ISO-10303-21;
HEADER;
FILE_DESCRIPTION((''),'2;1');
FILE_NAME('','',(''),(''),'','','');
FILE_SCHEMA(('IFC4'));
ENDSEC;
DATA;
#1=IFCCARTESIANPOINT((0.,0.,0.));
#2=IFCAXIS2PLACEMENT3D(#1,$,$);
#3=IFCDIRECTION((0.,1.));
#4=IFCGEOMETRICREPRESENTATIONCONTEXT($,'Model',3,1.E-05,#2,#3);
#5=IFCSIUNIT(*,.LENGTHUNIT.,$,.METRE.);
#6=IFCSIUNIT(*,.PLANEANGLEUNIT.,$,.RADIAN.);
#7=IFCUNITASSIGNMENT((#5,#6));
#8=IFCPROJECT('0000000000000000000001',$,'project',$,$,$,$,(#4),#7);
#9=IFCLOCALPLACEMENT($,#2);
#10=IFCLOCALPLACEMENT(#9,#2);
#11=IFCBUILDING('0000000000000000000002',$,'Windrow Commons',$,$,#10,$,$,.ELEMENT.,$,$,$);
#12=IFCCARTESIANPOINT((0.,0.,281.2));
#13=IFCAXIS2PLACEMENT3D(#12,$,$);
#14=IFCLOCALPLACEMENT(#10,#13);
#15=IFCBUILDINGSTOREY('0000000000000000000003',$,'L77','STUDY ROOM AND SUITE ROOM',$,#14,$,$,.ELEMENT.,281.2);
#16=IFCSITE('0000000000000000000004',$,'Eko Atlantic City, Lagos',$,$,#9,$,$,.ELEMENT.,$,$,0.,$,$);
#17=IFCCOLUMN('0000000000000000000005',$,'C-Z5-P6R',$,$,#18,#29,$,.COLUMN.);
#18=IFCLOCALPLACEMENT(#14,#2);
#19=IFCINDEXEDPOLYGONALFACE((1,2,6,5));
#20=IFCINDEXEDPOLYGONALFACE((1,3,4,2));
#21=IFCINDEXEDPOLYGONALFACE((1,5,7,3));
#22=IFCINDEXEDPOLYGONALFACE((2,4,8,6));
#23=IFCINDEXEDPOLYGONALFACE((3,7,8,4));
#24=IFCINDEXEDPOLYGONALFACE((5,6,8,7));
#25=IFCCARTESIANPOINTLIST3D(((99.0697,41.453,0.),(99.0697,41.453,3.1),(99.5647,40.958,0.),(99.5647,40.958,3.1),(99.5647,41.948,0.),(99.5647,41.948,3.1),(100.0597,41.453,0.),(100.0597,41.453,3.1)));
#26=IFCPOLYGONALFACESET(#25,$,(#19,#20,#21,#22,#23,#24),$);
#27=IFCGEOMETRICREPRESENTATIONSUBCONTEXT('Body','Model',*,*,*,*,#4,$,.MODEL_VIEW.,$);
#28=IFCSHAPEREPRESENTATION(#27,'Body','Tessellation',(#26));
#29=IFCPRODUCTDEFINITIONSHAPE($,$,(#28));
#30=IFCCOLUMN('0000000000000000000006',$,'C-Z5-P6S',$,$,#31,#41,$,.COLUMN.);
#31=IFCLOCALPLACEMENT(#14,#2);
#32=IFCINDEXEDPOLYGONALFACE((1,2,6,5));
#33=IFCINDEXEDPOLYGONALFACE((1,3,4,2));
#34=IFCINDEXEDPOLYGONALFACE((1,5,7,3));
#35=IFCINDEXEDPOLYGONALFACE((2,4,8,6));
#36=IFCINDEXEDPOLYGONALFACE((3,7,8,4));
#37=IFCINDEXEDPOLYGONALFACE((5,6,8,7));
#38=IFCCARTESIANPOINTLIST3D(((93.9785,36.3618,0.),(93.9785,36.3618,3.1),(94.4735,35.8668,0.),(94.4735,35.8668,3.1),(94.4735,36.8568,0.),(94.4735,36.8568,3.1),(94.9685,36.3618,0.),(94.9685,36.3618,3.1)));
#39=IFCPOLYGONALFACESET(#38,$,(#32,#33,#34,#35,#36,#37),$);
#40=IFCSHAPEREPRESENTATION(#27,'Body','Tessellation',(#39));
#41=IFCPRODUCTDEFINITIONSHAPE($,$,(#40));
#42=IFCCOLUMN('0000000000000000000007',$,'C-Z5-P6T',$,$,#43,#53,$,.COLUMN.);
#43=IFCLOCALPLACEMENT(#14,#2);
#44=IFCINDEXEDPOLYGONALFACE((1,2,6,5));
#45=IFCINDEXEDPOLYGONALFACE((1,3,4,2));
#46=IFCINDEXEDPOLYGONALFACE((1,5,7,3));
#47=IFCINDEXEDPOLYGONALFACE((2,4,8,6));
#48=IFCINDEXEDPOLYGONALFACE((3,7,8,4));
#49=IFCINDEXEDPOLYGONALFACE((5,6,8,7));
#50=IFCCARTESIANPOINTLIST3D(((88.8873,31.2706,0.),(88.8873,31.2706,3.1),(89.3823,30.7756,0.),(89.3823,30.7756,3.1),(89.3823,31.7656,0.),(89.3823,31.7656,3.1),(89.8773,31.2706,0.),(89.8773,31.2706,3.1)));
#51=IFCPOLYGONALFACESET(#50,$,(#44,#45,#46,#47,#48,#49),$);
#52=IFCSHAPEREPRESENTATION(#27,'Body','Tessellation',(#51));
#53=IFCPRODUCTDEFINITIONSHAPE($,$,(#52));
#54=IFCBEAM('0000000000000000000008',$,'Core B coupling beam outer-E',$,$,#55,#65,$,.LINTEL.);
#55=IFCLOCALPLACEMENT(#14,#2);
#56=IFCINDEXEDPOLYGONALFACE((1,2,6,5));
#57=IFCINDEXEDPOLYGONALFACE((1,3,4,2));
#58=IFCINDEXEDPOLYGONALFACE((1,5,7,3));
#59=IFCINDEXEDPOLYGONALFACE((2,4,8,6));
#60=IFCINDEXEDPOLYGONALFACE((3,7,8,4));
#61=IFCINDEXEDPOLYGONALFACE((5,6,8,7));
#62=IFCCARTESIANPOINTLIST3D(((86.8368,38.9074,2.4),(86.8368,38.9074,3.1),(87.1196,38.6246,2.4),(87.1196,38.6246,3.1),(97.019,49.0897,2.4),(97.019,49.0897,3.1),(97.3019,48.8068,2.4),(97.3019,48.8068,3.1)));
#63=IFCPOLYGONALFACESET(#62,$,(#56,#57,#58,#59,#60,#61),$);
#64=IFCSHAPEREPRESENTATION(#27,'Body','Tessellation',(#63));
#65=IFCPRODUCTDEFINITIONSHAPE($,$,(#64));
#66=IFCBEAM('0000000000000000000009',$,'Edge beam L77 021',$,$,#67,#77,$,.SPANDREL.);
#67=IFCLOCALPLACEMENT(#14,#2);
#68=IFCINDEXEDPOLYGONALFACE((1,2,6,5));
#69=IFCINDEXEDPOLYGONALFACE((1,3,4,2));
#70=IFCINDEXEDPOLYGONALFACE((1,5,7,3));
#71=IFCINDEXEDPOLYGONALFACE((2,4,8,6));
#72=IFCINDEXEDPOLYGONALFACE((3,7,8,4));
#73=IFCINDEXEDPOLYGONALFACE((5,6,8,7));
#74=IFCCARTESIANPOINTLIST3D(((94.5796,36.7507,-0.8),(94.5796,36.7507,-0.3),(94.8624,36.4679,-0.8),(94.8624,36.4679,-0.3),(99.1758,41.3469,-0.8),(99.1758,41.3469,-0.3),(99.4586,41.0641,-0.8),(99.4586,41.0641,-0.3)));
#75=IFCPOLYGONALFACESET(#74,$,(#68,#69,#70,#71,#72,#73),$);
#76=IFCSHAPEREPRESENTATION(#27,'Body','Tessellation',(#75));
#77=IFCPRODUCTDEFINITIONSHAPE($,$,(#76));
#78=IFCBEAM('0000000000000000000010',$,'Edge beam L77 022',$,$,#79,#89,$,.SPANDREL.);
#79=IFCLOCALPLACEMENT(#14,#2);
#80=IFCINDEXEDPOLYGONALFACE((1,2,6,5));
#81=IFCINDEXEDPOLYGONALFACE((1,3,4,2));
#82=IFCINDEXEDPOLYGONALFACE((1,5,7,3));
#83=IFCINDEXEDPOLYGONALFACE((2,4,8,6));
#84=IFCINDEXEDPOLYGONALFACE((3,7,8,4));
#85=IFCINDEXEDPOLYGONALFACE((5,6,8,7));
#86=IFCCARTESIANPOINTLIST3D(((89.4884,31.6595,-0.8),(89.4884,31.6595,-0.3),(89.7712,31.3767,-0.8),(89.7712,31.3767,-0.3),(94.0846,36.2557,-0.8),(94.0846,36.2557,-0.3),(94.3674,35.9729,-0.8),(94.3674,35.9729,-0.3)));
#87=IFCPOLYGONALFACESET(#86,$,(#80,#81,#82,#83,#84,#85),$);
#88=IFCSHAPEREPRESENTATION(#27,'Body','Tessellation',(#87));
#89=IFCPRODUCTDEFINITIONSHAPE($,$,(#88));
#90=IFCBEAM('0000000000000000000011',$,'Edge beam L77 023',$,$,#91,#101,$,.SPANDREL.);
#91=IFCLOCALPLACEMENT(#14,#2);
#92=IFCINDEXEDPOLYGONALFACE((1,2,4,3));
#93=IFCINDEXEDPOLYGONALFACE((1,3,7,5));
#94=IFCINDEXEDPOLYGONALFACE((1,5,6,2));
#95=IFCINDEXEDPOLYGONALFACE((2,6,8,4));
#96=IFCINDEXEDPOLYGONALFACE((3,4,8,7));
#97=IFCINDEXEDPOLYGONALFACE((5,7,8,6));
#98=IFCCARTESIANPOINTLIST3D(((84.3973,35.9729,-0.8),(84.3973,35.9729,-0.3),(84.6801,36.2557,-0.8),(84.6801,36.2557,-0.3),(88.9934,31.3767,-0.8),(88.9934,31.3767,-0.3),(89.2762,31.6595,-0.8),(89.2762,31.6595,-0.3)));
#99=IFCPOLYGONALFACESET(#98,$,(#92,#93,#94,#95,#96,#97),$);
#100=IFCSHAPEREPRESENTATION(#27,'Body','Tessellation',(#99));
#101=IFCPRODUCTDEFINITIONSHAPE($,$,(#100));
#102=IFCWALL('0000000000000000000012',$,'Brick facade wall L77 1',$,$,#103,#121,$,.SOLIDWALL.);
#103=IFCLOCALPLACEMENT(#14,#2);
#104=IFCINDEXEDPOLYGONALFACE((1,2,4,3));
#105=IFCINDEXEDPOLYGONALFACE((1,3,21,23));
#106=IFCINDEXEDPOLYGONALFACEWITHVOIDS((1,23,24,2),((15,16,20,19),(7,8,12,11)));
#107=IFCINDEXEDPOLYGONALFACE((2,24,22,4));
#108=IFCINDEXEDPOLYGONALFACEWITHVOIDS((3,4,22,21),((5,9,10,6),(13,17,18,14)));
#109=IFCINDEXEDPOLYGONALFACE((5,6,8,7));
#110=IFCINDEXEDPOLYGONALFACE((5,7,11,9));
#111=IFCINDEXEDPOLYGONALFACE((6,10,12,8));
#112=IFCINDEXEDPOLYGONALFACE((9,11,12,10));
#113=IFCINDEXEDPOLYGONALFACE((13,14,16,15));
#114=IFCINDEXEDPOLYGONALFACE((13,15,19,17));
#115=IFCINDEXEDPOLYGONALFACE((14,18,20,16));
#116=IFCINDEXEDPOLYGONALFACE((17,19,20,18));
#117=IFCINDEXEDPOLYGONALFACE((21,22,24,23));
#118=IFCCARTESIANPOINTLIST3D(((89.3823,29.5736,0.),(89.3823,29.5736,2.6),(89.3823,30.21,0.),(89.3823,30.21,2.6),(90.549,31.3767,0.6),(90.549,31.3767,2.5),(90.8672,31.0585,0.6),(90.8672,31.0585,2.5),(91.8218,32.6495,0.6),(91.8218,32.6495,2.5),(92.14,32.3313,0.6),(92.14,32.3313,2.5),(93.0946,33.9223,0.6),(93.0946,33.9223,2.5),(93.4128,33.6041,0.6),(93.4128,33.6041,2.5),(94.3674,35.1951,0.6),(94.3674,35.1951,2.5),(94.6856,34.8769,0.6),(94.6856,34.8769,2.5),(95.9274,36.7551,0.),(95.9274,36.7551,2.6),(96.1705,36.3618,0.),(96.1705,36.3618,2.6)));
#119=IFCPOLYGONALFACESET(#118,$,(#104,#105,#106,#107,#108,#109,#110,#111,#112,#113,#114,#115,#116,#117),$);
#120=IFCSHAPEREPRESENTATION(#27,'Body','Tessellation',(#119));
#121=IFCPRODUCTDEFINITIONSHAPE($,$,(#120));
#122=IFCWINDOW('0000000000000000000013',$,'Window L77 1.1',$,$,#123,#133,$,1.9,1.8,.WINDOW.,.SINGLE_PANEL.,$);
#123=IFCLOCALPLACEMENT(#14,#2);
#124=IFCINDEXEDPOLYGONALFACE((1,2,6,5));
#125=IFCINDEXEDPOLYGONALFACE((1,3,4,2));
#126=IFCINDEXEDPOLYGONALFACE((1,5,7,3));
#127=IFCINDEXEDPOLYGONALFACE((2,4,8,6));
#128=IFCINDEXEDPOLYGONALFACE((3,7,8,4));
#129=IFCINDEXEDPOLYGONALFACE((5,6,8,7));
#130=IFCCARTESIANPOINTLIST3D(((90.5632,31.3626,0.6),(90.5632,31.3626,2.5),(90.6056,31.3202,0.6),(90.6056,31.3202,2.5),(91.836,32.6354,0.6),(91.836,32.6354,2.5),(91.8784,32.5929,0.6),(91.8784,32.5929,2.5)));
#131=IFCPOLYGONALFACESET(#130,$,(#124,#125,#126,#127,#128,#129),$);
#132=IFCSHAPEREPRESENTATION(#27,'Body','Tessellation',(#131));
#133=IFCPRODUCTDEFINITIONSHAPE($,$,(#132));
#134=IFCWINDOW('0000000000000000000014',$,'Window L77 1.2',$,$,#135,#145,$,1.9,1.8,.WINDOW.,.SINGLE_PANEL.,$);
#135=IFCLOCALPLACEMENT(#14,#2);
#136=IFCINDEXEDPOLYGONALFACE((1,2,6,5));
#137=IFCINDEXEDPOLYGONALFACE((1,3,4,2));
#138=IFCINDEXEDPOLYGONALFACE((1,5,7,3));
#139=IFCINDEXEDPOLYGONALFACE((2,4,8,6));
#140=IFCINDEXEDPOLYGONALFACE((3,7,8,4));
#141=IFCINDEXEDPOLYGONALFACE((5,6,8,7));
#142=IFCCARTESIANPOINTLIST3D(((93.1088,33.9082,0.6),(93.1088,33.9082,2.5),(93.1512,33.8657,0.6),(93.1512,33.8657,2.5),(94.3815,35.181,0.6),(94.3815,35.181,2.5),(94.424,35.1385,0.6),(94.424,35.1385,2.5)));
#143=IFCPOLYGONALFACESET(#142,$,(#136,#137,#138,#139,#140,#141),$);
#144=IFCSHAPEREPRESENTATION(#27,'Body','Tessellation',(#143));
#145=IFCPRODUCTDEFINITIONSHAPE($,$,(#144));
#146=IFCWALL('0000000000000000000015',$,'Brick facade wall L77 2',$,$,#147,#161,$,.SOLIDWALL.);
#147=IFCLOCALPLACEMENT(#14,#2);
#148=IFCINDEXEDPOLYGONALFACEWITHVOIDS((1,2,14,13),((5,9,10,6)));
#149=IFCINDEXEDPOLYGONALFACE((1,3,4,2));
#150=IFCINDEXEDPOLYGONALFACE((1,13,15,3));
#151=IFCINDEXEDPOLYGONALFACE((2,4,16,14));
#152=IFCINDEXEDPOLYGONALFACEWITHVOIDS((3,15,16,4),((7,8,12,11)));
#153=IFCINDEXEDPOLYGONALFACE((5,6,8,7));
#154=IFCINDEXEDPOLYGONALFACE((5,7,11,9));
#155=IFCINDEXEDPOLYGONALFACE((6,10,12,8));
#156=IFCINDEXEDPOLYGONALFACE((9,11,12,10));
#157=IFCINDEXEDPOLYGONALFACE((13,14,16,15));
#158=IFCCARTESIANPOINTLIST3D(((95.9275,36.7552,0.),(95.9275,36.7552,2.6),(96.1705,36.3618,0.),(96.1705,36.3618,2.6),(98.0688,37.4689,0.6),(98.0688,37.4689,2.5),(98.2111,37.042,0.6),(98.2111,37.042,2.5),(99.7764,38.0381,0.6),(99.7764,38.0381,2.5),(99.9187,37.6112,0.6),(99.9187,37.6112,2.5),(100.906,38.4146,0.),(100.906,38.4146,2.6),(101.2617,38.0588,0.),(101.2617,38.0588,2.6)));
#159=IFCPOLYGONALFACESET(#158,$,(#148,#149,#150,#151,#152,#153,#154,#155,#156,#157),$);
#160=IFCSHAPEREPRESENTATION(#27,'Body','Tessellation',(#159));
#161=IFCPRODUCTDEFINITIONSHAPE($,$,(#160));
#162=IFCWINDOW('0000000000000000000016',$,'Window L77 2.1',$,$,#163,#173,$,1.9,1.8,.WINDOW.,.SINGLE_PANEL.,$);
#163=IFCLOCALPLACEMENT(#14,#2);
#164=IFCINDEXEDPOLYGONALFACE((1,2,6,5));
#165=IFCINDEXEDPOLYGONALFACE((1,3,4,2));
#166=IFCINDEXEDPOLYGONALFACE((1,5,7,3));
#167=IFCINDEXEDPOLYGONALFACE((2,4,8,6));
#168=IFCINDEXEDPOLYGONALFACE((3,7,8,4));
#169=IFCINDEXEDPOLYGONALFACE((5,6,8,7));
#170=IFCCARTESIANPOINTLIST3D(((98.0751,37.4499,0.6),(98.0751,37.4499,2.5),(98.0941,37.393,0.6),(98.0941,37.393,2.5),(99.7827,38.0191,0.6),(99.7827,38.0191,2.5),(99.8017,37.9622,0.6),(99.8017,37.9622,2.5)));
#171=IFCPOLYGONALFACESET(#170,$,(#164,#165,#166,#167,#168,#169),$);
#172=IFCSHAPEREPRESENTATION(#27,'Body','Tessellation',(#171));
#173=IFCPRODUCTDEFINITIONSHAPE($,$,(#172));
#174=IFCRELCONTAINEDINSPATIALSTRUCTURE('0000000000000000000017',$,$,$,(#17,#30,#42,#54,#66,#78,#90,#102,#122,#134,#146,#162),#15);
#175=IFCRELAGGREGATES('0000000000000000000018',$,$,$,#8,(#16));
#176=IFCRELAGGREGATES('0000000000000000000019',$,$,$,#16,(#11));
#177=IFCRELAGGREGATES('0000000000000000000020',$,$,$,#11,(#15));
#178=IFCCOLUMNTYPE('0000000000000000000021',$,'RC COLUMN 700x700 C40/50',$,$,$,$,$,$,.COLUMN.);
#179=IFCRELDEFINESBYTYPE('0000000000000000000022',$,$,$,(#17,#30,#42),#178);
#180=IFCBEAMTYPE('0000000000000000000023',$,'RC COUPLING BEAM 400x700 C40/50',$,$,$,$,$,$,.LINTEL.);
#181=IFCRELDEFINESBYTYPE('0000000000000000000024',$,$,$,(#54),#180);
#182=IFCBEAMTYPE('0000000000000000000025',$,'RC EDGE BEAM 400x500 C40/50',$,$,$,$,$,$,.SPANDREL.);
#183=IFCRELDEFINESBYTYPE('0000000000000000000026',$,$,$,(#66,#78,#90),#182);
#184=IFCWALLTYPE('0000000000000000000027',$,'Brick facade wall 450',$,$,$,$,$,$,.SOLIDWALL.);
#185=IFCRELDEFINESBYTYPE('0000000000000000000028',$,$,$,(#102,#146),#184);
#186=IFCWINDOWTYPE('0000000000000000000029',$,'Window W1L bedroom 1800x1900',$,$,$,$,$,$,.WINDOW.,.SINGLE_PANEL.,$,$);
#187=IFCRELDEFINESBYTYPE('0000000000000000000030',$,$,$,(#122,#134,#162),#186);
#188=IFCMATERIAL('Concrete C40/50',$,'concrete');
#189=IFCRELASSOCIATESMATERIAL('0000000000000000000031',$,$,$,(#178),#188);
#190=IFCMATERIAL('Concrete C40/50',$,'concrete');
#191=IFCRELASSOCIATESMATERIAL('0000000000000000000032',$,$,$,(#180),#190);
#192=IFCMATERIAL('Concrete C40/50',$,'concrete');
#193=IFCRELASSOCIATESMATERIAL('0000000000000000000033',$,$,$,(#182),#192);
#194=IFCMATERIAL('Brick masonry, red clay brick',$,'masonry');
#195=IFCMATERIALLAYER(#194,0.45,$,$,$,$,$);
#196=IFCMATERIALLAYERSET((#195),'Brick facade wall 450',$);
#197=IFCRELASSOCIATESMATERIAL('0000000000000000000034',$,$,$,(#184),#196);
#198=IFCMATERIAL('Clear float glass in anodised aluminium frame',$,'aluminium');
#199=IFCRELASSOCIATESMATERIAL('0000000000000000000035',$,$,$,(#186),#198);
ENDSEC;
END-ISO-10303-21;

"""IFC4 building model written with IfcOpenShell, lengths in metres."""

from ifc_helpers import new_model, si_unit, direction, frame, frame_2d, origin, origin_2d, place, context, subcontext, project, spatial, polyline, rectangle, outline, extrude, material, layer, layer_set, material_profile, profile_set, type_object, element, fill, save


model = new_model("IFC4")

# Units and contexts
model_context = context("Model", 3, precision=1e-05, world=origin(), true_north=direction((0.0, 1.0)))
body_context = subcontext(model_context, "Body", "Model", "MODEL_VIEW")
ifc_project = project(units=[si_unit("LENGTHUNIT", "METRE"), si_unit("PLANEANGLEUNIT", "RADIAN")], contexts=[model_context])

# Site, building, storey
site_placement = place(None, origin())
site = spatial("IfcSite", under=ifc_project, at=site_placement, Name="Eko Atlantic City, Lagos", CompositionType="ELEMENT", RefElevation=0.0)
building_placement = place(site_placement, origin())
building = spatial("IfcBuilding", under=site, at=building_placement, Name="Windrow Commons", CompositionType="ELEMENT")
storey_placement = place(building_placement, frame((0.0, 0.0, 281.2)))
storey = spatial("IfcBuildingStorey", under=building, at=storey_placement, Name="L77", Description="STUDY ROOM AND SUITE ROOM", CompositionType="ELEMENT", Elevation=281.2)

# Columns
ifc_material_1 = material(Name="Concrete C40/50", Category="concrete")
ifc_material_profile_1 = material_profile(ifc_material_1, rectangle(XDim=0.7, YDim=0.7, at=origin_2d()))
ifc_profile_set_1 = profile_set([ifc_material_profile_1], Name="Concrete C40/50")
column_type = type_object("IfcColumnType", Name="RC COLUMN 700x700 C40/50", PredefinedType="COLUMN", material=ifc_profile_set_1)
for number, where, z_axis, x_axis, name in (
    (1, (99.5647, 41.453, 0.0), (0.0, 0.0, 1.0), (0.707107, -0.707107, 0.0), "C-Z5-P6R"),
    (2, (94.4735, 36.3618, 0.0), (0.0, 0.0, 1.0), (0.707107, -0.707107, 0.0), "C-Z5-P6S"),
    (3, (89.3823, 31.2706, 0.0), (0.0, 0.0, 1.0), (0.707107, -0.707107, 0.0), "C-Z5-P6T"),
):
    element("IfcColumn", number, at=place(storey_placement, frame(where, z_axis=z_axis, x_axis=x_axis)), inside=storey, type_object=column_type, Name=name, PredefinedType="COLUMN", context=body_context, shape_type="SweptSolid", body=[
        extrude(rectangle(XDim=0.7, YDim=0.7, at=origin_2d()), origin(), (0.0, 0.0, 1.0), 3.1),
    ])

# Beams
ifc_material_2 = material(Name="Concrete C40/50", Category="concrete")
ifc_material_profile_2 = material_profile(ifc_material_2, rectangle(XDim=0.4, YDim=0.7, at=origin_2d()))
ifc_profile_set_2 = profile_set([ifc_material_profile_2], Name="Concrete C40/50")
beam_type_1 = type_object("IfcBeamType", Name="RC COUPLING BEAM 400x700 C40/50", PredefinedType="LINTEL", material=ifc_profile_set_2)
beam_1_placement = place(storey_placement, frame((86.9782, 38.766, 2.75), z_axis=(0.707107, 0.707107, 0.0), x_axis=(-0.707107, 0.707107, 0.0)))
element("IfcBeam", 4, at=beam_1_placement, inside=storey, type_object=beam_type_1, Name="Core B coupling beam outer-E", PredefinedType="LINTEL", context=body_context, shape_type="SweptSolid", body=[
    extrude(rectangle(XDim=0.4, YDim=0.7, at=origin_2d()), origin(), (0.0, 0.0, 1.0), 14.3999),
])
ifc_material_3 = material(Name="Concrete C40/50", Category="concrete")
ifc_material_profile_3 = material_profile(ifc_material_3, rectangle(XDim=0.4, YDim=0.5, at=origin_2d()))
ifc_profile_set_3 = profile_set([ifc_material_profile_3], Name="Concrete C40/50")
beam_type_2 = type_object("IfcBeamType", Name="RC EDGE BEAM 400x500 C40/50", PredefinedType="SPANDREL", material=ifc_profile_set_3)
for number, where, z_axis, x_axis, name in (
    (5, (99.3172, 41.2055, -0.55), (-0.707107, -0.707107, 0.0), (0.707107, -0.707107, 0.0), "Edge beam L77 021"),
    (6, (94.226, 36.1143, -0.55), (-0.707107, -0.707107, 0.0), (0.707107, -0.707107, 0.0), "Edge beam L77 022"),
):
    element("IfcBeam", number, at=place(storey_placement, frame(where, z_axis=z_axis, x_axis=x_axis)), inside=storey, type_object=beam_type_2, Name=name, PredefinedType="SPANDREL", context=body_context, shape_type="SweptSolid", body=[
        extrude(rectangle(XDim=0.4, YDim=0.5, at=origin_2d()), origin(), (0.0, 0.0, 1.0), 6.5),
    ])
beam_2_placement = place(storey_placement, frame((89.1348, 31.5181, -0.55), z_axis=(-0.707099, 0.707114, 0.0), x_axis=(-0.707114, -0.707099, 0.0)))
element("IfcBeam", 7, at=beam_2_placement, inside=storey, type_object=beam_type_2, Name="Edge beam L77 023", PredefinedType="SPANDREL", context=body_context, shape_type="SweptSolid", body=[
    extrude(rectangle(XDim=0.4, YDim=0.5, at=origin_2d()), origin(), (0.0, 0.0, 1.0), 6.4999),
])

# Wall, openings, windows
ifc_material_4 = material(Name="Brick masonry, red clay brick", Category="masonry")
ifc_layer_1 = layer(ifc_material_4, 0.45)
ifc_layer_set_1 = layer_set([ifc_layer_1], Name="Brick facade wall 450")
wall_type_1 = type_object("IfcWallType", Name="Brick facade wall 450", PredefinedType="SOLIDWALL", material=ifc_layer_set_1)
wall_1_placement = place(storey_placement, frame((89.3823, 29.8918, 0.0), z_axis=(0.0, 0.0, 1.0), x_axis=(0.707107, 0.707107, 0.0)))
wall_1 = element("IfcWall", 8, at=wall_1_placement, inside=storey, type_object=wall_type_1, Name="Brick facade wall L77 1", PredefinedType="SOLIDWALL", context=body_context, shape_type="SweptSolid", body=[
    extrude(outline(polyline([(-0.225, -0.225), (9.375, -0.225), (9.4812, 0.225), (0.225, 0.225), (-0.225, -0.225)])), origin(), (0.0, 0.0, 1.0), 2.6),
])
opening_1_placement = place(wall_1_placement, frame((1.875, 0.0, 0.6)))
opening_1 = element("IfcOpeningElement", 9, at=opening_1_placement, cuts=wall_1, PredefinedType="OPENING", context=body_context, shape_type="SweptSolid", body=[
    extrude(rectangle(XDim=1.8, YDim=1.9, at=frame_2d((0.9, 0.95))), frame((0.0, 0.235, 0.0), z_axis=(0.0, -1.0, 0.0), x_axis=(1.0, 0.0, 0.0)), (0.0, 0.0, 1.0), 0.47),
])
opening_2_placement = place(wall_1_placement, frame((5.475, 0.0, 0.6)))
opening_2 = element("IfcOpeningElement", 10, at=opening_2_placement, cuts=wall_1, PredefinedType="OPENING", context=body_context, shape_type="SweptSolid", body=[
    extrude(rectangle(XDim=1.8, YDim=1.9, at=frame_2d((0.9, 0.95))), frame((0.0, 0.235, 0.0), z_axis=(0.0, -1.0, 0.0), x_axis=(1.0, 0.0, 0.0)), (0.0, 0.0, 1.0), 0.47),
])
ifc_material_5 = material(Name="Clear float glass in anodised aluminium frame", Category="aluminium")
window_type = type_object("IfcWindowType", Name="Window W1L bedroom 1800x1900", PartitioningType="SINGLE_PANEL", PredefinedType="WINDOW", material=ifc_material_5)
window_1_placement = place(opening_1_placement, origin())
window_1 = element("IfcWindow", 11, at=window_1_placement, inside=storey, type_object=window_type, Name="Window L77 1.1", OverallHeight=1.9, OverallWidth=1.8, PartitioningType="SINGLE_PANEL", PredefinedType="WINDOW", context=body_context, shape_type="SweptSolid", body=[
    extrude(rectangle(XDim=1.8, YDim=1.9, at=frame_2d((0.9, 0.95))), frame((0.0, 0.205, 0.0), z_axis=(0.0, -1.0, 0.0), x_axis=(1.0, 0.0, 0.0)), (0.0, 0.0, 1.0), 0.06),
])
fill(opening_1, window_1)
window_2_placement = place(opening_2_placement, origin())
window_2 = element("IfcWindow", 12, at=window_2_placement, inside=storey, type_object=window_type, Name="Window L77 1.2", OverallHeight=1.9, OverallWidth=1.8, PartitioningType="SINGLE_PANEL", PredefinedType="WINDOW", context=body_context, shape_type="SweptSolid", body=[
    extrude(rectangle(XDim=1.8, YDim=1.9, at=frame_2d((0.9, 0.95))), frame((0.0, 0.205, 0.0), z_axis=(0.0, -1.0, 0.0), x_axis=(1.0, 0.0, 0.0)), (0.0, 0.0, 1.0), 0.06),
])
fill(opening_2, window_2)

# Wall, opening, window
wall_2_placement = place(storey_placement, frame((96.049, 36.5585, 0.0), z_axis=(0.0, 0.0, 1.0), x_axis=(0.948687, 0.316216, 0.0)))
wall_2 = element("IfcWall", 13, at=wall_2_placement, inside=storey, type_object=wall_type_1, Name="Brick facade wall L77 2", PredefinedType="SOLIDWALL", context=body_context, shape_type="SweptSolid", body=[
    extrude(outline(polyline([(0.0531, -0.225), (5.4197, -0.225), (5.1947, 0.225), (-0.0531, 0.225), (0.0531, -0.225)])), origin(), (0.0, 0.0, 1.0), 2.6),
])
opening_3_placement = place(wall_2_placement, frame((2.204, 0.0, 0.6)))
opening_3 = element("IfcOpeningElement", 14, at=opening_3_placement, cuts=wall_2, PredefinedType="OPENING", context=body_context, shape_type="SweptSolid", body=[
    extrude(rectangle(XDim=1.8, YDim=1.9, at=frame_2d((0.9, 0.95))), frame((0.0, 0.235, 0.0), z_axis=(0.0, -1.0, 0.0), x_axis=(1.0, 0.0, 0.0)), (0.0, 0.0, 1.0), 0.47),
])
window_3_placement = place(opening_3_placement, origin())
window_3 = element("IfcWindow", 15, at=window_3_placement, inside=storey, type_object=window_type, Name="Window L77 2.1", OverallHeight=1.9, OverallWidth=1.8, PartitioningType="SINGLE_PANEL", PredefinedType="WINDOW", context=body_context, shape_type="SweptSolid", body=[
    extrude(rectangle(XDim=1.8, YDim=1.9, at=frame_2d((0.9, 0.95))), frame((0.0, 0.205, 0.0), z_axis=(0.0, -1.0, 0.0), x_axis=(1.0, 0.0, 0.0)), (0.0, 0.0, 1.0), 0.06),
])
fill(opening_3, window_3)

save(model, "model.ifc")
